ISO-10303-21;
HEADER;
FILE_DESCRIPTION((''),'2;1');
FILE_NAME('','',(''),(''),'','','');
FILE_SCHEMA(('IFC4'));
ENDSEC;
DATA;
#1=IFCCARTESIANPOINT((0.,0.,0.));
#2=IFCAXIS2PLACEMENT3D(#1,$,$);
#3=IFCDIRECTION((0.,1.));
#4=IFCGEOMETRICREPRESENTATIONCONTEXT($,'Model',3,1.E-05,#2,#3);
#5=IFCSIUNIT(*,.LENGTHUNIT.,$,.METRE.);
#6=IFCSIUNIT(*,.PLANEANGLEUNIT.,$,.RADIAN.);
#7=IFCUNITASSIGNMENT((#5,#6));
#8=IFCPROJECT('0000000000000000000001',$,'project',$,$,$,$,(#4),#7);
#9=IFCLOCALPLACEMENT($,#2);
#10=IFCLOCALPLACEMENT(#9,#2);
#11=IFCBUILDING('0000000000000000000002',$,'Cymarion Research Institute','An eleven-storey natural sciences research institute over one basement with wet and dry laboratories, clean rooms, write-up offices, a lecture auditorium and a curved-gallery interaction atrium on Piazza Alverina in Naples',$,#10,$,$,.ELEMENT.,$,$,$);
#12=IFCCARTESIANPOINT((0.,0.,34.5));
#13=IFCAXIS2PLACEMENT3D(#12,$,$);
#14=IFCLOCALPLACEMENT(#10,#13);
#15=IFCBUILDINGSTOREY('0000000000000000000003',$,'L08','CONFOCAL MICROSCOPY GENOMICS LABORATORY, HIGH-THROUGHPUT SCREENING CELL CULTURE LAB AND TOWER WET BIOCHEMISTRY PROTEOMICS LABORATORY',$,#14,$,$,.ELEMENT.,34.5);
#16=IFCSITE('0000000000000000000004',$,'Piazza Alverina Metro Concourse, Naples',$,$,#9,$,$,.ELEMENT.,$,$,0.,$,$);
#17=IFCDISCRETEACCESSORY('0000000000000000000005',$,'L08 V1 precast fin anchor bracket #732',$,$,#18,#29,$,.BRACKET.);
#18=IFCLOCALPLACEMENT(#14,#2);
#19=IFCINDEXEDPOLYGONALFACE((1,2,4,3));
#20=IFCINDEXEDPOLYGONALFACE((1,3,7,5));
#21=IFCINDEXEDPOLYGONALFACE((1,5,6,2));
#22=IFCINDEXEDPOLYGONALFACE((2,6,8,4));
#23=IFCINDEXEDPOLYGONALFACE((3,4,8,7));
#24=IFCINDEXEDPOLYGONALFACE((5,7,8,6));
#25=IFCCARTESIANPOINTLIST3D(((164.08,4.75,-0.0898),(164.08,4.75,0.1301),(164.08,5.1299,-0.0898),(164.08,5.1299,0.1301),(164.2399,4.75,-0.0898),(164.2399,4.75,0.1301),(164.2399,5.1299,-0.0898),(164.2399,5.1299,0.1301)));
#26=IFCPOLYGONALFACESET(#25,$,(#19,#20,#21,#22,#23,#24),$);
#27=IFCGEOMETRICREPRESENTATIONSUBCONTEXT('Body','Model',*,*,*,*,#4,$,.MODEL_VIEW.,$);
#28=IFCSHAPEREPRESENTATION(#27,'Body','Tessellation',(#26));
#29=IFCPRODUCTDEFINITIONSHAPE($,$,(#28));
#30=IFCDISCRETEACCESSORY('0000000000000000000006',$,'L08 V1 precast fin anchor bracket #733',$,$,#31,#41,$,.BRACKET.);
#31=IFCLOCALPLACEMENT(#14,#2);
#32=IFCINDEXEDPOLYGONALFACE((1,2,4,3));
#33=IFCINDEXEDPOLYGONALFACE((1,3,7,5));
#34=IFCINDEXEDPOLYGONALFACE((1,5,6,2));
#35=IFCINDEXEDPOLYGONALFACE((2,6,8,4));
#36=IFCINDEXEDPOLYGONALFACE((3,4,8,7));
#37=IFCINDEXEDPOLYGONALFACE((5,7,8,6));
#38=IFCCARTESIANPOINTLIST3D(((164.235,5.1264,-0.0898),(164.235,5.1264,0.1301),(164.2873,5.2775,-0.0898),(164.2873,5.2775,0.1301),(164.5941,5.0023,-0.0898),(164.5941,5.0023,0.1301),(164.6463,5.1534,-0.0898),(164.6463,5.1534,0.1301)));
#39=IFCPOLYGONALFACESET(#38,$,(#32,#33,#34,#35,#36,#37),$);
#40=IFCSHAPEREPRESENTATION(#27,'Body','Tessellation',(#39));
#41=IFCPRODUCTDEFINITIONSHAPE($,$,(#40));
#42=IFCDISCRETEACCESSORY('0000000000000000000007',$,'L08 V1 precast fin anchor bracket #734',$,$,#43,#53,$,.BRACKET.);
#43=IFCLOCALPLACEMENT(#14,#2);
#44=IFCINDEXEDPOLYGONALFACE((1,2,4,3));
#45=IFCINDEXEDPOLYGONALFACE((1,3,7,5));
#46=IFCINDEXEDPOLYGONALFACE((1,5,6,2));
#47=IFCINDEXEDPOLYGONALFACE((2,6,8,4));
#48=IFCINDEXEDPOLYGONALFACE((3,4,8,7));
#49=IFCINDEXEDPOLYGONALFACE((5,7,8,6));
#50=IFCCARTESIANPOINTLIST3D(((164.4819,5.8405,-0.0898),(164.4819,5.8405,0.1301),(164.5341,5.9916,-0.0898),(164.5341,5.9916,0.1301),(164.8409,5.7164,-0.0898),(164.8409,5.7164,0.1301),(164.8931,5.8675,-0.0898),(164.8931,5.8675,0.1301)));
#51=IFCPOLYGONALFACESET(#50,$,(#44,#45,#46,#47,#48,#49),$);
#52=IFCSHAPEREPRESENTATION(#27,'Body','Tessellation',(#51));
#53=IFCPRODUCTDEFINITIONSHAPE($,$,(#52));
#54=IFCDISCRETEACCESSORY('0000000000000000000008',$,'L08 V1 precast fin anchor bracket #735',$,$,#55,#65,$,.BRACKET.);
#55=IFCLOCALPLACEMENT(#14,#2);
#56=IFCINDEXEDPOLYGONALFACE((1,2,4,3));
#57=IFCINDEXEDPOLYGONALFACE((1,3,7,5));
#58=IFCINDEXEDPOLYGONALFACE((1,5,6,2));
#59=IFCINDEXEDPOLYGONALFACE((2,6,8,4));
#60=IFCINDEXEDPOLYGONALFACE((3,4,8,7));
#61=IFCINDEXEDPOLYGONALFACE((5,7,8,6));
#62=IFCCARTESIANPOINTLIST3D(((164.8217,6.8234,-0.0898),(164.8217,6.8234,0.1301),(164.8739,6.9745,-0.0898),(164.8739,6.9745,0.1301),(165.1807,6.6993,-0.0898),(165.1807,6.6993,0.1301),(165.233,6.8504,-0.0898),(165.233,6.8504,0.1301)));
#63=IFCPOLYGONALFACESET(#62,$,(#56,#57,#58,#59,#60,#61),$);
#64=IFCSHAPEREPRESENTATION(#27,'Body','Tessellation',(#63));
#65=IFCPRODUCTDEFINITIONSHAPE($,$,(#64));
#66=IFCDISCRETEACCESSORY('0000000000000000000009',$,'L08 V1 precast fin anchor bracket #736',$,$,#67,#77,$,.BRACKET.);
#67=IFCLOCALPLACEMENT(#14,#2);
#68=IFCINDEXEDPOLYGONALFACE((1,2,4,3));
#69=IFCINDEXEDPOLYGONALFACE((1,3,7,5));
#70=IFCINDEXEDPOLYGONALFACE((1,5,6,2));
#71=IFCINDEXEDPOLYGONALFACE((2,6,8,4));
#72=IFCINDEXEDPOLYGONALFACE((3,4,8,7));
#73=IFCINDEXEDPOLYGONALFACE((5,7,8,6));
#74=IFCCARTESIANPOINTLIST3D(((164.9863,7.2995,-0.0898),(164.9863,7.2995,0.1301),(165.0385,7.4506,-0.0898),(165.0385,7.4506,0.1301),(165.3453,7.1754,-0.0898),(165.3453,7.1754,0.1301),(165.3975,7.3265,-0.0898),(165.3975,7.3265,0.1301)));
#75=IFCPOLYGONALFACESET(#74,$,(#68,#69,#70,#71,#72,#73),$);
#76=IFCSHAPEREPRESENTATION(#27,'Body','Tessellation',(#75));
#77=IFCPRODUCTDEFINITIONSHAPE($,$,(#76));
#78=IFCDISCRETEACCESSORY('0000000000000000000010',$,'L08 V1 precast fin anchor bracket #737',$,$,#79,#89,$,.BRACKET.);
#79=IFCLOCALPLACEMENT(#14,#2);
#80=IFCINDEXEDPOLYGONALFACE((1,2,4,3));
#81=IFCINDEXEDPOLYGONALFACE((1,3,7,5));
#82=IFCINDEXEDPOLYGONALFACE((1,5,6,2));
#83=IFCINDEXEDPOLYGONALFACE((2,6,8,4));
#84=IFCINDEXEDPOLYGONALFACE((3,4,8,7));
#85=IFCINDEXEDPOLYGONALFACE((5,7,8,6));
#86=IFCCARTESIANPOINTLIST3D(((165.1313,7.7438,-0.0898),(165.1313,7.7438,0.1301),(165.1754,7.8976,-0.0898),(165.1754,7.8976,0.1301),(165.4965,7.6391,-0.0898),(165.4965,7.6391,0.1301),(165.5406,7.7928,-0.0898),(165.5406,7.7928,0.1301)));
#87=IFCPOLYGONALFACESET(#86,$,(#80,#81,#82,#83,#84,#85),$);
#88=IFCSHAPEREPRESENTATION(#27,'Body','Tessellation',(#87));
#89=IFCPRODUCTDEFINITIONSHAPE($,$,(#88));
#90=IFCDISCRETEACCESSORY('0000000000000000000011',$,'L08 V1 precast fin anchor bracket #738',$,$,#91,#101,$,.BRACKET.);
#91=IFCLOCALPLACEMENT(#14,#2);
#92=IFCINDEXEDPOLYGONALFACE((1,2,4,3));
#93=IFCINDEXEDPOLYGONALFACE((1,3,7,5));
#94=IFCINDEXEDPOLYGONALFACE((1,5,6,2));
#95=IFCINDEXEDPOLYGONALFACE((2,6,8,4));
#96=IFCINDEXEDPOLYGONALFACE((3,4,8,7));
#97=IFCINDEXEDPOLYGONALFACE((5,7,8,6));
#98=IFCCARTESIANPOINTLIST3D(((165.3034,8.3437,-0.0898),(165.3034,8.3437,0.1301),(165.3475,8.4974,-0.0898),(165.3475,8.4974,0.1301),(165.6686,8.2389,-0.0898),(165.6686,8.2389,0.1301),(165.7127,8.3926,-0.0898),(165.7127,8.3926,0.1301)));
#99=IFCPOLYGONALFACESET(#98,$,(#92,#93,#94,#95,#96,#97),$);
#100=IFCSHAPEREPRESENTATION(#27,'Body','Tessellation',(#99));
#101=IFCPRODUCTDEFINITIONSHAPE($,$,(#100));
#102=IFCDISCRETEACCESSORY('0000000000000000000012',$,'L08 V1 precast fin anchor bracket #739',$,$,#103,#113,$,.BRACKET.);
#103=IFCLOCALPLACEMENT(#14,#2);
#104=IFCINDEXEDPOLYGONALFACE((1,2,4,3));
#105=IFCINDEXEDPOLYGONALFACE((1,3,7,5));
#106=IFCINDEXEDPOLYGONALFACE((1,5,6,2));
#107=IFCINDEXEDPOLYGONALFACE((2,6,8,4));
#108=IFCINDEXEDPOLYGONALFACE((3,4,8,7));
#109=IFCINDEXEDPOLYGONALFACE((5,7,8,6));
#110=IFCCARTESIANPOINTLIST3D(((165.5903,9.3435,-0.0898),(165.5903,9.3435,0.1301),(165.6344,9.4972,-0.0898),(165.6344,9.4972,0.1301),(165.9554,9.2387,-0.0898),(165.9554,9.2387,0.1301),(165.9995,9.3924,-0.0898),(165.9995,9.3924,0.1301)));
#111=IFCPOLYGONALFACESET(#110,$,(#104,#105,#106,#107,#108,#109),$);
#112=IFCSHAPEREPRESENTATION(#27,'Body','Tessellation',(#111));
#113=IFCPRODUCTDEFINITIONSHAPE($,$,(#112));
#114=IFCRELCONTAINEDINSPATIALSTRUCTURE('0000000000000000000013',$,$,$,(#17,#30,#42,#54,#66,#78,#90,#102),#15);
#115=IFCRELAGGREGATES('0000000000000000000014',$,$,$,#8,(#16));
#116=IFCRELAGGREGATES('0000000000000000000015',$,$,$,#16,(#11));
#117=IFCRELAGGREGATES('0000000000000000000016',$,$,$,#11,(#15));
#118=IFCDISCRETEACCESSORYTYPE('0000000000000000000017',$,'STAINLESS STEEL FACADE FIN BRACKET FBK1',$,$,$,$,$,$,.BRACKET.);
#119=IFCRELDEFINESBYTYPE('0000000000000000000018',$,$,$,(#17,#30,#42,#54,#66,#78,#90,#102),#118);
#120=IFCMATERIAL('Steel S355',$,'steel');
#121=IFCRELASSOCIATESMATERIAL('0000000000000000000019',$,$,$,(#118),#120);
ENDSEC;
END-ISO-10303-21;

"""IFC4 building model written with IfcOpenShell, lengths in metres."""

from ifc_helpers import new_model, si_unit, direction, frame, origin, origin_2d, place, context, subcontext, project, spatial, rectangle, extrude, material, type_object, element, save


model = new_model("IFC4")

# Units and contexts
model_context = context("Model", 3, precision=1e-05, world=origin(), true_north=direction((0.0, 1.0)))
body_context = subcontext(model_context, "Body", "Model", "MODEL_VIEW")
ifc_project = project(units=[si_unit("LENGTHUNIT", "METRE"), si_unit("PLANEANGLEUNIT", "RADIAN")], contexts=[model_context])

# Site, building, storey
site_placement = place(None, origin())
site = spatial("IfcSite", under=ifc_project, at=site_placement, Name="Piazza Alverina Metro Concourse, Naples", CompositionType="ELEMENT", RefElevation=0.0)
building_placement = place(site_placement, origin())
building = spatial("IfcBuilding", under=site, at=building_placement, Name="Cymarion Research Institute", Description="An eleven-storey natural sciences research institute over one basement with wet and dry laboratories, clean rooms, write-up offices, a lecture auditorium and a curved-gallery interaction atrium on Piazza Alverina in Naples", CompositionType="ELEMENT")
storey_placement = place(building_placement, frame((0.0, 0.0, 34.5)))
storey = spatial("IfcBuildingStorey", under=building, at=storey_placement, Name="L08", Description="CONFOCAL MICROSCOPY GENOMICS LABORATORY, HIGH-THROUGHPUT SCREENING CELL CULTURE LAB AND TOWER WET BIOCHEMISTRY PROTEOMICS LABORATORY", CompositionType="ELEMENT", Elevation=34.5)

# Shared definitions
ifc_material_1 = material(Name="Steel S355", Category="steel")

# Discrete accessories
discrete_accessory_type = type_object("IfcDiscreteAccessoryType", Name="STAINLESS STEEL FACADE FIN BRACKET FBK1", PredefinedType="BRACKET", material=ifc_material_1)
for number, where, z_axis, x_axis, name in (
    (1, (164.1599, 4.9399, -0.0898), (0.0, 0.0, 1.0), (0.0, -1.0, 0.0), "L08 V1 precast fin anchor bracket #732"),
    (2, (164.4407, 5.1399, -0.0898), (0.0, 0.0, 1.0), (0.94512, -0.326723, 0.0), "L08 V1 precast fin anchor bracket #733"),
    (3, (164.6875, 5.854, -0.0898), (0.0, 0.0, 1.0), (0.94512, -0.326723, 0.0), "L08 V1 precast fin anchor bracket #734"),
    (4, (165.0273, 6.8369, -0.0898), (0.0, 0.0, 1.0), (0.94512, -0.326723, 0.0), "L08 V1 precast fin anchor bracket #735"),
    (5, (165.1919, 7.313, -0.0898), (0.0, 0.0, 1.0), (0.94512, -0.326723, 0.0), "L08 V1 precast fin anchor bracket #736"),
    (6, (165.3359, 7.7683, -0.0898), (0.0, 0.0, 1.0), (0.961214, -0.275805, 0.0), "L08 V1 precast fin anchor bracket #737"),
    (7, (165.5081, 8.3682, -0.0898), (0.0, 0.0, 1.0), (0.961214, -0.275805, 0.0), "L08 V1 precast fin anchor bracket #738"),
    (8, (165.7949, 9.3679, -0.0898), (0.0, 0.0, 1.0), (0.961214, -0.275805, 0.0), "L08 V1 precast fin anchor bracket #739"),
):
    element("IfcDiscreteAccessory", number, at=place(storey_placement, frame(where, z_axis=z_axis, x_axis=x_axis)), inside=storey, type_object=discrete_accessory_type, Name=name, PredefinedType="BRACKET", context=body_context, shape_type="SweptSolid", body=[
        extrude(rectangle(XDim=0.3799, YDim=0.1599, at=origin_2d()), origin(), (0.0, 0.0, 1.0), 0.22),
    ])

save(model, "model.ifc")
